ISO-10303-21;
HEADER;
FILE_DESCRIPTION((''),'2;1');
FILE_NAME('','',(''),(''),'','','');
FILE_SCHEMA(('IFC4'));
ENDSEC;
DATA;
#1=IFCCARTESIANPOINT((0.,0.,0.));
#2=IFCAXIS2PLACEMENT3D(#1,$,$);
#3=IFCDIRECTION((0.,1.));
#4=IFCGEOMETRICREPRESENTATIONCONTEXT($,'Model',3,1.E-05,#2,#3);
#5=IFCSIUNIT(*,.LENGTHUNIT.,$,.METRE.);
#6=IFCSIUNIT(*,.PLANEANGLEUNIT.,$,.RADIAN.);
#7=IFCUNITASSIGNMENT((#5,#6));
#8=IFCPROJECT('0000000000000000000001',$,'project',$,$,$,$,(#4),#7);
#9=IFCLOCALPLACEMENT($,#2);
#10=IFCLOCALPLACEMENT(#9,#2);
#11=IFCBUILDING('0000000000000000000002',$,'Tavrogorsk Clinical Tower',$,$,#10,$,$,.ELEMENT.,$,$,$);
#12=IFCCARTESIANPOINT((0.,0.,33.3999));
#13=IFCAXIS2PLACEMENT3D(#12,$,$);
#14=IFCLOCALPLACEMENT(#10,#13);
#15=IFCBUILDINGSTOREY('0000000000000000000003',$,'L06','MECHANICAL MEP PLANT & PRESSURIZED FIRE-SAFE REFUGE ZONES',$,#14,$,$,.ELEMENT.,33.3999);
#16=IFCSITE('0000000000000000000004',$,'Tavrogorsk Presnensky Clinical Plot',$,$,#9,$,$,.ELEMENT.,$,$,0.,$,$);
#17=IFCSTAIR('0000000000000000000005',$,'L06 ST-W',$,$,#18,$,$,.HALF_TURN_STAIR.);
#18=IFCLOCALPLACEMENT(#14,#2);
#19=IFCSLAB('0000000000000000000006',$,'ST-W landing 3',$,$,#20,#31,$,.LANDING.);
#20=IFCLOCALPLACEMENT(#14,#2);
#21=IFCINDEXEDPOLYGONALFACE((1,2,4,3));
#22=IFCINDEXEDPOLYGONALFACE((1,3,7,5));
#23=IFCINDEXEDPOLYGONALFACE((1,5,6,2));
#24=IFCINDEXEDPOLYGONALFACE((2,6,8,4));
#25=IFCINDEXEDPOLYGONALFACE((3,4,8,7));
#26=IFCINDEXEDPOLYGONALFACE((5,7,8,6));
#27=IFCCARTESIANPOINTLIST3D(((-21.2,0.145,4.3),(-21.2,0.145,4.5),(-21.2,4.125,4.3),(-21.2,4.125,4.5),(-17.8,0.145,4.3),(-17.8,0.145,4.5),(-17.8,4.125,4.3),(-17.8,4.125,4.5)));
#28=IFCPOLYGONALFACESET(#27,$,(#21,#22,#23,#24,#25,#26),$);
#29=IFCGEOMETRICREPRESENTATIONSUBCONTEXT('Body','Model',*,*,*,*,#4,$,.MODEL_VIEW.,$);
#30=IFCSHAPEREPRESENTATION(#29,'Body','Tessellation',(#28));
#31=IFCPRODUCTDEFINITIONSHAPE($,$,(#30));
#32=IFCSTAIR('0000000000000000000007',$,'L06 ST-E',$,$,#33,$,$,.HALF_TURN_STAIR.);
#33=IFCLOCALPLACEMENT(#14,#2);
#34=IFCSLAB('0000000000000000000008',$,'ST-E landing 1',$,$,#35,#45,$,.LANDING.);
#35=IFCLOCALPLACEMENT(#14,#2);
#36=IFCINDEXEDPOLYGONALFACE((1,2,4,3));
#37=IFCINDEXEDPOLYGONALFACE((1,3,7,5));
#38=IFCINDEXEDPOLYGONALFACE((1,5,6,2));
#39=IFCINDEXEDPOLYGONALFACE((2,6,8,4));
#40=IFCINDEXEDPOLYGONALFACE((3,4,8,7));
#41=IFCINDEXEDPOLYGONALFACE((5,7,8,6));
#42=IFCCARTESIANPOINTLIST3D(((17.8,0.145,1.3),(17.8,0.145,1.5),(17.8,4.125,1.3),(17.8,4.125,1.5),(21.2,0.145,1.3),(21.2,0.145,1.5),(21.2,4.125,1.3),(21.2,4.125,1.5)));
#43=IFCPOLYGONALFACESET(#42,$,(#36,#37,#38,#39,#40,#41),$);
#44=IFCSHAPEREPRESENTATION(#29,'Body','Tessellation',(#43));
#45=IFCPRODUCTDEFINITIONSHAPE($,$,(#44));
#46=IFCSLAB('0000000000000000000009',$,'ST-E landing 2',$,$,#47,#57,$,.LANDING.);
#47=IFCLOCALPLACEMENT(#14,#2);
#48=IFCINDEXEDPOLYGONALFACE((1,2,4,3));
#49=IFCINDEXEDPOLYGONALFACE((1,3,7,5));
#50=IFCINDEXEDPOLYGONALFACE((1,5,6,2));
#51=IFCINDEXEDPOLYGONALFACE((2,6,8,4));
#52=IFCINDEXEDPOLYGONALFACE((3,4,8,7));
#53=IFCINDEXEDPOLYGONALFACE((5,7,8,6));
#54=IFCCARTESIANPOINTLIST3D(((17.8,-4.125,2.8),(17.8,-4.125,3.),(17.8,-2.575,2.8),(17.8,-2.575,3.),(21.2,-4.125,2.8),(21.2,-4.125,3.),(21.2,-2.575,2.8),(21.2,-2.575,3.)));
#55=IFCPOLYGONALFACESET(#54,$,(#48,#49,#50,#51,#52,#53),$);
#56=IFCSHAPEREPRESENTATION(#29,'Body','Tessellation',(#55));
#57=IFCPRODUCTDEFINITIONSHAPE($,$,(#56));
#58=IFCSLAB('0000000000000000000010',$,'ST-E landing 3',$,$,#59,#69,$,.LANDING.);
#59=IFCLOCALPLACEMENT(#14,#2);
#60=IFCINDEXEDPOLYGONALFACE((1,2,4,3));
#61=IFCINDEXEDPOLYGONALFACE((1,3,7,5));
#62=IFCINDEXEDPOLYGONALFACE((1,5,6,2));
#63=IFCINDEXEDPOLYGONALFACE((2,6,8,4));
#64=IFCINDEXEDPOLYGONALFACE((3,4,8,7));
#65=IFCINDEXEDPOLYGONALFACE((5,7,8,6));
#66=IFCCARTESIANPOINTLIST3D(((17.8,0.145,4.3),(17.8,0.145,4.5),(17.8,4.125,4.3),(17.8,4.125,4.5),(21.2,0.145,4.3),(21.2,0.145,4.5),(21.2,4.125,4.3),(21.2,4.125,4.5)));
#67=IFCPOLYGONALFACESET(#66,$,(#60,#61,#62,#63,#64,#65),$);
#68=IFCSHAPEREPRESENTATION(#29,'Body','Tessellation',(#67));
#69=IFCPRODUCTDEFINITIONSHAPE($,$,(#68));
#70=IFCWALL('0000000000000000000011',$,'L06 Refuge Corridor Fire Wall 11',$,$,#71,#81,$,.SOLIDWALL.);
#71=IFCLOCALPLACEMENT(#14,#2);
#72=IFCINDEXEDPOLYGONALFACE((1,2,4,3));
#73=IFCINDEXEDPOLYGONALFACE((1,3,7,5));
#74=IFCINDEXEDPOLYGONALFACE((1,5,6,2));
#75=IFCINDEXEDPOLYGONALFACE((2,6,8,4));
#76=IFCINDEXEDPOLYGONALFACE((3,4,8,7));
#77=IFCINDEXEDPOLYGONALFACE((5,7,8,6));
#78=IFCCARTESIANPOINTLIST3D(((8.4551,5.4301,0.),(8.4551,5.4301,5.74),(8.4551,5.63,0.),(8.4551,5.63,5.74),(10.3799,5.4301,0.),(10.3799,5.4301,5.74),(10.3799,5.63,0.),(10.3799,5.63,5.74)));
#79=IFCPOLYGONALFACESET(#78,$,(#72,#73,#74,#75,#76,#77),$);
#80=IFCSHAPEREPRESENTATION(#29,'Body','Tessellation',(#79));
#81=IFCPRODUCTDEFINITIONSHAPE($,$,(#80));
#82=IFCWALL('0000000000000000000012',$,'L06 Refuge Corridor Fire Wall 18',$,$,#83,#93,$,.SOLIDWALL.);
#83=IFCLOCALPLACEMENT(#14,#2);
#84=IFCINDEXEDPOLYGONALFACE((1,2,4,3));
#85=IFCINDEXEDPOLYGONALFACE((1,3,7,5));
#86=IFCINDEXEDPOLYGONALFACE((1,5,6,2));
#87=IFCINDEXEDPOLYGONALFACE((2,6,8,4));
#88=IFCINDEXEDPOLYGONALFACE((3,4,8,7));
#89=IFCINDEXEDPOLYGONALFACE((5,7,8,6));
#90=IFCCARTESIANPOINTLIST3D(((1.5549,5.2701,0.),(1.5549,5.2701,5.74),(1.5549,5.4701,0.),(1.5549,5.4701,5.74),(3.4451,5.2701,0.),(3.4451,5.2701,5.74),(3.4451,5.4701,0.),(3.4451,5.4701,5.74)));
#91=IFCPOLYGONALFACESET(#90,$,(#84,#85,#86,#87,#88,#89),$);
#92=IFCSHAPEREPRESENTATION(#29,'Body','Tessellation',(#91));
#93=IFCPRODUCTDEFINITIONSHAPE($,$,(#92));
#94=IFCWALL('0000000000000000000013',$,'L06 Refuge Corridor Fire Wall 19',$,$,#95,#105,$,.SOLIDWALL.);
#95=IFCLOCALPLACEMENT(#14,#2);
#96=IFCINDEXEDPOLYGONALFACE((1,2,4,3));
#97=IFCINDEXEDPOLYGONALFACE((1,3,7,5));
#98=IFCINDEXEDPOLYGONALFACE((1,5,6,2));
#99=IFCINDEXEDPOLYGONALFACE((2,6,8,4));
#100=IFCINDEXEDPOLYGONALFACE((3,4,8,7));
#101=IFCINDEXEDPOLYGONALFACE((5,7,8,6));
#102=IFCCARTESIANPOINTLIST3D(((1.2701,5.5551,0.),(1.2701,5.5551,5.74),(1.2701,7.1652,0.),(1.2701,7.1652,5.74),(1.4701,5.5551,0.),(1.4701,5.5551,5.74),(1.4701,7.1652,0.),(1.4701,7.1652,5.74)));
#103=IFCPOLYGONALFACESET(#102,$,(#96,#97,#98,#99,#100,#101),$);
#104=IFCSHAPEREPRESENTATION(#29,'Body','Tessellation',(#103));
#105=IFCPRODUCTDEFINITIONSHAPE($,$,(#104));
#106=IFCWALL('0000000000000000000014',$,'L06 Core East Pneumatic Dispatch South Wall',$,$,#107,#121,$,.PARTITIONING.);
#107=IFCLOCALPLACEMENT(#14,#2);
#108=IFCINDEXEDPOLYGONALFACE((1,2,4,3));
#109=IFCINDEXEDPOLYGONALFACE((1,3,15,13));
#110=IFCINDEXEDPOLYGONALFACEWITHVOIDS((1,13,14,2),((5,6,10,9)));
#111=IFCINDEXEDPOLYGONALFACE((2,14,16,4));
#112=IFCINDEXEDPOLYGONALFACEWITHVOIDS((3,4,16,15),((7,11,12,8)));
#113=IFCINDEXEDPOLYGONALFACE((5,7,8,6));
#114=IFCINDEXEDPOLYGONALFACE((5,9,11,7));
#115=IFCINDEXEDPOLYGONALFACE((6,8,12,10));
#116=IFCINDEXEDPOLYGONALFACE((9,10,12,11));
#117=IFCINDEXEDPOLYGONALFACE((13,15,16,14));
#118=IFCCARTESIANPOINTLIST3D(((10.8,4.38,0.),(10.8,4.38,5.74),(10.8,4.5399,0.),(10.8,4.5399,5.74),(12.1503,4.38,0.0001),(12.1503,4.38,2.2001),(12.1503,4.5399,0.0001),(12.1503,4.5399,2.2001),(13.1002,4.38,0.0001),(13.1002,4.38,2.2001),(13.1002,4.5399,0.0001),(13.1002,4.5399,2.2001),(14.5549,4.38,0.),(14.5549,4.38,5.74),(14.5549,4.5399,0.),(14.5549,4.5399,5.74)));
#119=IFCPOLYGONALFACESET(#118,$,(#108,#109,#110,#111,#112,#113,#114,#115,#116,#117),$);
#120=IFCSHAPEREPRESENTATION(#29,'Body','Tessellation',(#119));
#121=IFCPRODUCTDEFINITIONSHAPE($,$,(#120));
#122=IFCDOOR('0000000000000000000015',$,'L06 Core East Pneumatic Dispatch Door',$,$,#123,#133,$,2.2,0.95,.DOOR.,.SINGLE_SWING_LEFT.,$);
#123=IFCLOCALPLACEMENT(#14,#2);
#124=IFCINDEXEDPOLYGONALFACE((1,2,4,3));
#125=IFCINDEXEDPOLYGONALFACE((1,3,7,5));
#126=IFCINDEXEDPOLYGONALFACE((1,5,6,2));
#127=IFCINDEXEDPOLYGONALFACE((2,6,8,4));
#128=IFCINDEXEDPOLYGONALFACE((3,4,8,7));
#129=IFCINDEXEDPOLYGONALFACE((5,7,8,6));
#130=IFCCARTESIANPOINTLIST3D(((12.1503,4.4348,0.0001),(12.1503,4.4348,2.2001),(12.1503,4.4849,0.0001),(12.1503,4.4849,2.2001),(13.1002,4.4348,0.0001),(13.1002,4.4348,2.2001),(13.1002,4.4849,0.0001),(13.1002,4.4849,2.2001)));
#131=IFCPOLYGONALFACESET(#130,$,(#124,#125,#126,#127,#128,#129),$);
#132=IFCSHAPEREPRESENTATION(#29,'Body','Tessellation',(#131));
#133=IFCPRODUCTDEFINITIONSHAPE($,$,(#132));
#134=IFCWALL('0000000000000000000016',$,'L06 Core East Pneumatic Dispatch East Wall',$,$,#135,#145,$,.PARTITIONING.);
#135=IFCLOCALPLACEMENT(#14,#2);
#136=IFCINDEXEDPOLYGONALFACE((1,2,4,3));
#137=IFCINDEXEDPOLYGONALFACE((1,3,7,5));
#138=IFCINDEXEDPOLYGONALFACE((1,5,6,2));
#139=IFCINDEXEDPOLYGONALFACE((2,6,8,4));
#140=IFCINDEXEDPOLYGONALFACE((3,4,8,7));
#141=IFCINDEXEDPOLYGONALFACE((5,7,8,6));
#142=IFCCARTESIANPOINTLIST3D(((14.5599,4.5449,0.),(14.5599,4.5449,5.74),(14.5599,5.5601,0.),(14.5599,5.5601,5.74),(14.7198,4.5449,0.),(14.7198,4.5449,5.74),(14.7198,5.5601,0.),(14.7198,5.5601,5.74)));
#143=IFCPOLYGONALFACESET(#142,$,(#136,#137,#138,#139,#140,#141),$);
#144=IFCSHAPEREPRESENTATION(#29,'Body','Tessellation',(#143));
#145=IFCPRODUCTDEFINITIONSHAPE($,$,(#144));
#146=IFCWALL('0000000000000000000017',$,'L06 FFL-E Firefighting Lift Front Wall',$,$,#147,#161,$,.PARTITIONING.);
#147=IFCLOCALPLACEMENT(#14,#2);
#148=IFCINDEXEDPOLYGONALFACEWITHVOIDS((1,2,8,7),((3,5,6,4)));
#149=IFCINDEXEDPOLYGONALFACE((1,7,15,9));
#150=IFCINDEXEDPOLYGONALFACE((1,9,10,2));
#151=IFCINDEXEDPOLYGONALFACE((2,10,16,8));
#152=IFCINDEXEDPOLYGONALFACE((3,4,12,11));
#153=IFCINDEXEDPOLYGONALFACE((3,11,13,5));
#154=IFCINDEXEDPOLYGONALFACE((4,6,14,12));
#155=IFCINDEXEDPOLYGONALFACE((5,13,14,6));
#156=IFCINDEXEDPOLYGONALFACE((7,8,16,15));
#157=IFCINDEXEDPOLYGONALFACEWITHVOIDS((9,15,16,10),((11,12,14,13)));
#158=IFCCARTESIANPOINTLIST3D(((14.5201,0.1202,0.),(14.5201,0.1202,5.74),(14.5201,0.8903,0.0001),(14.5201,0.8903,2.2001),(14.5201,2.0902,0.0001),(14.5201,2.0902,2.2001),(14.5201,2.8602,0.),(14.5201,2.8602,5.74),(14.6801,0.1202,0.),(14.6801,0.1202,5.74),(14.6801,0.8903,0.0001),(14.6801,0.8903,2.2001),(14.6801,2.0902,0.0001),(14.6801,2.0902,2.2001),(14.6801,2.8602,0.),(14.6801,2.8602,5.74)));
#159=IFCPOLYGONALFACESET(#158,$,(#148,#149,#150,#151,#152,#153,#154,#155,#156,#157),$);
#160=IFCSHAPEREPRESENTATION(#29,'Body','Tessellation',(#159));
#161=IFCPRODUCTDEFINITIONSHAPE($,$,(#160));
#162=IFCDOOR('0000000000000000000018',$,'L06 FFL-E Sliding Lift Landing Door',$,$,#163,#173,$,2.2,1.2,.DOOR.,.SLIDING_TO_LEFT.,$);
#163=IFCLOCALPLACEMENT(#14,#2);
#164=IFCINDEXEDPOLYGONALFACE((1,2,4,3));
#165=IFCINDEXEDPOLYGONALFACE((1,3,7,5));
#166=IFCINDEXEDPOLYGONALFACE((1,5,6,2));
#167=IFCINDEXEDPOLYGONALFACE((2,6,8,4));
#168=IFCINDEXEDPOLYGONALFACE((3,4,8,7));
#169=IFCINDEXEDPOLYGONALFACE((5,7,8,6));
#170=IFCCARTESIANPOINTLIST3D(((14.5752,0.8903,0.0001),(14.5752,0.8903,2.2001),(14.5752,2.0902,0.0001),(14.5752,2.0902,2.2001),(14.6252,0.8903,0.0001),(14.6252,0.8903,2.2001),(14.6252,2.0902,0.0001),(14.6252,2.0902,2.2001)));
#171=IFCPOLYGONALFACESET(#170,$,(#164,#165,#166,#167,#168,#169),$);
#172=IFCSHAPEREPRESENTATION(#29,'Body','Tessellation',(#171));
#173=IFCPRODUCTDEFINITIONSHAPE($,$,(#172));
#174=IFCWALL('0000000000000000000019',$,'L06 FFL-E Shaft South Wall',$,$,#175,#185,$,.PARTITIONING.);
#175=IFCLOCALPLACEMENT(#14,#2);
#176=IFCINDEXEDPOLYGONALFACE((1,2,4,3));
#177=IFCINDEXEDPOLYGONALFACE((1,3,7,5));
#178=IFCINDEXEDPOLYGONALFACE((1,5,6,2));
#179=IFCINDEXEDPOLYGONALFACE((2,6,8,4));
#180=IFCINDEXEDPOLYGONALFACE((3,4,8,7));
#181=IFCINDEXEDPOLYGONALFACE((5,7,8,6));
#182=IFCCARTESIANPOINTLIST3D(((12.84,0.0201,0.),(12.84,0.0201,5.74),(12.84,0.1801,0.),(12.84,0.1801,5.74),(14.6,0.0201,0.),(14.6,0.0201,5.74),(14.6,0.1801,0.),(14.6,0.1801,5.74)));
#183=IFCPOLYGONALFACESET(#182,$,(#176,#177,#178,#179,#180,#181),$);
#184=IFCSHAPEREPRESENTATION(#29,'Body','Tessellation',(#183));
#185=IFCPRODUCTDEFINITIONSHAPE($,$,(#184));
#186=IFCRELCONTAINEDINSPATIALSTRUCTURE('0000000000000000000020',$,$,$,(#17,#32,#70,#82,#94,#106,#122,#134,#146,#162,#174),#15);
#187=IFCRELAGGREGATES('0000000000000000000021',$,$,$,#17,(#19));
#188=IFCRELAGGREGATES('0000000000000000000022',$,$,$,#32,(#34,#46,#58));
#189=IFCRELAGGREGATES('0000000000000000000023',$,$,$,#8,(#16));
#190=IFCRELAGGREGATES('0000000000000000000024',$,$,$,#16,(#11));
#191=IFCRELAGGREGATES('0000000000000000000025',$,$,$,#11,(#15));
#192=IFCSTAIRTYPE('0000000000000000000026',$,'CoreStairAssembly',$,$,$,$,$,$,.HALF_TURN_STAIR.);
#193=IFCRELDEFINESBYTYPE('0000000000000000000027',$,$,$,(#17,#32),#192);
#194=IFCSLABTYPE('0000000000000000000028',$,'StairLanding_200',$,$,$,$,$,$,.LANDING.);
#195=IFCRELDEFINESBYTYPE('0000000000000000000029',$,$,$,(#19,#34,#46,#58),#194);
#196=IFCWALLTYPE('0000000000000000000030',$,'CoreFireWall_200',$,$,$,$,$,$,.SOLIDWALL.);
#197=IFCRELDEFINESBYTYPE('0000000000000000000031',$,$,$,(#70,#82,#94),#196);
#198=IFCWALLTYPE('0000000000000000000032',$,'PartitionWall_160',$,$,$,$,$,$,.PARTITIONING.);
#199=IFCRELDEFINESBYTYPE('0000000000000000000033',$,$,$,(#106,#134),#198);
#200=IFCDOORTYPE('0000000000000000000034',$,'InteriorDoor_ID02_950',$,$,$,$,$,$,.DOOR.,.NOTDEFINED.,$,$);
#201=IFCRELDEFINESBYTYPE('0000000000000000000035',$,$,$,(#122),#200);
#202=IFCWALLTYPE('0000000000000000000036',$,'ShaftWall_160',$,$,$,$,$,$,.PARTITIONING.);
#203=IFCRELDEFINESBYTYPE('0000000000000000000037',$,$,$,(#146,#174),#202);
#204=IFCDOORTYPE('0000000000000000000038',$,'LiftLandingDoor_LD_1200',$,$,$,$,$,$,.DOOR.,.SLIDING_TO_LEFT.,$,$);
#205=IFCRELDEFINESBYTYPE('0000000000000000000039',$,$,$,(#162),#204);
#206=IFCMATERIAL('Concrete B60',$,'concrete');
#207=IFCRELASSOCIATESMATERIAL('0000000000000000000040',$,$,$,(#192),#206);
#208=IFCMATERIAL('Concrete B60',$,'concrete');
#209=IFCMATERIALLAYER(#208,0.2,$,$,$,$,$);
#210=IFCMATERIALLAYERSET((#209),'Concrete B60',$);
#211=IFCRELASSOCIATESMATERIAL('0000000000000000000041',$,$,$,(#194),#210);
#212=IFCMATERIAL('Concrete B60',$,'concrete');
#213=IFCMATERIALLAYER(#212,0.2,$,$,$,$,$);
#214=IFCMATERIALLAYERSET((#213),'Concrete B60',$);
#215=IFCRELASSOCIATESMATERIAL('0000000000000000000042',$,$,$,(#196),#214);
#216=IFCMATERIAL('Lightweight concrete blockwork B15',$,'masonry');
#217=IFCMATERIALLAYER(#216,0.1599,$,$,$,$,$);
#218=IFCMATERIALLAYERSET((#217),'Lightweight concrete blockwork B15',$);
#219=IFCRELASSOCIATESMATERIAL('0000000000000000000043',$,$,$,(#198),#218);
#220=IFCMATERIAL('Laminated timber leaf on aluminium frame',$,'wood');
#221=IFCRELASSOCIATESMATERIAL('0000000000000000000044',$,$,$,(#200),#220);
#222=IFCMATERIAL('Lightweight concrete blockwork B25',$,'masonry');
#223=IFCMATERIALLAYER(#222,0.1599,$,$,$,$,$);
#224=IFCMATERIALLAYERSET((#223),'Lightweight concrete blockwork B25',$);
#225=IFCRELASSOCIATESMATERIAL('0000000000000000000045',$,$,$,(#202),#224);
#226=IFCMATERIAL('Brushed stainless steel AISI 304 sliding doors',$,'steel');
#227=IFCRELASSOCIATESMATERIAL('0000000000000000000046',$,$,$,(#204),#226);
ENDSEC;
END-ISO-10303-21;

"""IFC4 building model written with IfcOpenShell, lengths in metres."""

from ifc_helpers import new_model, si_unit, direction, frame, frame_2d, origin, place, context, subcontext, project, spatial, polyline, rectangle, outline, extrude, material, layer, layer_set, type_object, element, fill, aggregate, save


model = new_model("IFC4")

# Units and contexts
model_context = context("Model", 3, precision=1e-05, world=origin(), true_north=direction((0.0, 1.0)))
body_context = subcontext(model_context, "Body", "Model", "MODEL_VIEW")
ifc_project = project(units=[si_unit("LENGTHUNIT", "METRE"), si_unit("PLANEANGLEUNIT", "RADIAN")], contexts=[model_context])

# Site, building, storey
site_placement = place(None, origin())
site = spatial("IfcSite", under=ifc_project, at=site_placement, Name="Tavrogorsk Presnensky Clinical Plot", CompositionType="ELEMENT", RefElevation=0.0)
building_placement = place(site_placement, origin())
building = spatial("IfcBuilding", under=site, at=building_placement, Name="Tavrogorsk Clinical Tower", CompositionType="ELEMENT")
storey_placement = place(building_placement, frame((0.0, 0.0, 33.3999)))
storey = spatial("IfcBuildingStorey", under=building, at=storey_placement, Name="L06", Description="MECHANICAL MEP PLANT & PRESSURIZED FIRE-SAFE REFUGE ZONES", CompositionType="ELEMENT", Elevation=33.3999)

# Stairs, slabs
ifc_material_1 = material(Name="Concrete B60", Category="concrete")
stair_type = type_object("IfcStairType", Name="CoreStairAssembly", PredefinedType="HALF_TURN_STAIR", material=ifc_material_1)
stair_1_placement = place(storey_placement, origin())
stair_1 = element("IfcStair", 1, at=stair_1_placement, inside=storey, type_object=stair_type, Name="L06 ST-W", PredefinedType="HALF_TURN_STAIR")
ifc_material_2 = material(Name="Concrete B60", Category="concrete")
ifc_layer_1 = layer(ifc_material_2, 0.2)
ifc_layer_set_1 = layer_set([ifc_layer_1], Name="Concrete B60")
slab_type_1 = type_object("IfcSlabType", Name="StairLanding_200", PredefinedType="LANDING", material=ifc_layer_set_1)
slab_1_placement = place(storey_placement, frame((0.0, 0.0, 4.3)))
slab_1 = element("IfcSlab", 2, at=slab_1_placement, type_object=slab_type_1, Name="ST-W landing 3", PredefinedType="LANDING", context=body_context, shape_type="SweptSolid", body=[
    extrude(outline(polyline([(-17.8, 0.145), (-17.8, 4.125), (-21.2, 4.125), (-21.2, 0.145), (-17.8, 0.145)])), origin(), (0.0, 0.0, 1.0), 0.2),
])
aggregate(stair_1, [slab_1])
stair_2_placement = place(storey_placement, origin())
stair_2 = element("IfcStair", 3, at=stair_2_placement, inside=storey, type_object=stair_type, Name="L06 ST-E", PredefinedType="HALF_TURN_STAIR")
slab_2_placement = place(storey_placement, frame((0.0, 0.0, 1.3)))
slab_2 = element("IfcSlab", 4, at=slab_2_placement, type_object=slab_type_1, Name="ST-E landing 1", PredefinedType="LANDING", context=body_context, shape_type="SweptSolid", body=[
    extrude(outline(polyline([(21.2, 0.145), (21.2, 4.125), (17.8, 4.125), (17.8, 0.145), (21.2, 0.145)])), origin(), (0.0, 0.0, 1.0), 0.2),
])
slab_3_placement = place(storey_placement, frame((0.0, 0.0, 2.8)))
slab_3 = element("IfcSlab", 5, at=slab_3_placement, type_object=slab_type_1, Name="ST-E landing 2", PredefinedType="LANDING", context=body_context, shape_type="SweptSolid", body=[
    extrude(outline(polyline([(21.2, -4.125), (21.2, -2.575), (17.8, -2.575), (17.8, -4.125), (21.2, -4.125)])), origin(), (0.0, 0.0, 1.0), 0.2),
])
slab_4_placement = place(storey_placement, frame((0.0, 0.0, 4.3)))
slab_4 = element("IfcSlab", 6, at=slab_4_placement, type_object=slab_type_1, Name="ST-E landing 3", PredefinedType="LANDING", context=body_context, shape_type="SweptSolid", body=[
    extrude(outline(polyline([(21.2, 0.145), (21.2, 4.125), (17.8, 4.125), (17.8, 0.145), (21.2, 0.145)])), origin(), (0.0, 0.0, 1.0), 0.2),
])
aggregate(stair_2, [slab_2, slab_3, slab_4])

# Walls
ifc_material_3 = material(Name="Concrete B60", Category="concrete")
ifc_layer_2 = layer(ifc_material_3, 0.2)
ifc_layer_set_2 = layer_set([ifc_layer_2], Name="Concrete B60")
wall_type_1 = type_object("IfcWallType", Name="CoreFireWall_200", PredefinedType="SOLIDWALL", material=ifc_layer_set_2)
wall_1_placement = place(storey_placement, frame((8.4551, 5.53, 0.0), z_axis=(0.0, 0.0, 1.0), x_axis=(1.0, 0.0, 0.0)))
element("IfcWall", 7, at=wall_1_placement, inside=storey, type_object=wall_type_1, Name="L06 Refuge Corridor Fire Wall 11", PredefinedType="SOLIDWALL", context=body_context, shape_type="SweptSolid", body=[
    extrude(rectangle(XDim=1.9248, YDim=0.2, at=frame_2d((0.9624, 0.0))), origin(), (0.0, 0.0, 1.0), 5.74),
])
wall_2_placement = place(storey_placement, frame((3.4451, 5.3701, 0.0), z_axis=(0.0, 0.0, 1.0), x_axis=(-1.0, 0.0, 0.0)))
element("IfcWall", 8, at=wall_2_placement, inside=storey, type_object=wall_type_1, Name="L06 Refuge Corridor Fire Wall 18", PredefinedType="SOLIDWALL", context=body_context, shape_type="SweptSolid", body=[
    extrude(rectangle(XDim=1.8901, YDim=0.2, at=frame_2d((0.9451, 0.0))), origin(), (0.0, 0.0, 1.0), 5.74),
])
wall_3_placement = place(storey_placement, frame((1.3701, 5.5549, 0.0), z_axis=(0.0, 0.0, 1.0), x_axis=(0.0, 1.0, 0.0)))
element("IfcWall", 9, at=wall_3_placement, inside=storey, type_object=wall_type_1, Name="L06 Refuge Corridor Fire Wall 19", PredefinedType="SOLIDWALL", context=body_context, shape_type="SweptSolid", body=[
    extrude(rectangle(XDim=1.6101, YDim=0.2, at=frame_2d((0.8052, 0.0))), origin(), (0.0, 0.0, 1.0), 5.74),
])

# Wall, opening, door
ifc_material_4 = material(Name="Lightweight concrete blockwork B15", Category="masonry")
ifc_layer_3 = layer(ifc_material_4, 0.1599)
ifc_layer_set_3 = layer_set([ifc_layer_3], Name="Lightweight concrete blockwork B15")
wall_type_2 = type_object("IfcWallType", Name="PartitionWall_160", PredefinedType="PARTITIONING", material=ifc_layer_set_3)
wall_4_placement = place(storey_placement, frame((10.8, 4.46, 0.0), z_axis=(0.0, 0.0, 1.0), x_axis=(1.0, 0.0, 0.0)))
wall_4 = element("IfcWall", 10, at=wall_4_placement, inside=storey, type_object=wall_type_2, Name="L06 Core East Pneumatic Dispatch South Wall", PredefinedType="PARTITIONING", context=body_context, shape_type="SweptSolid", body=[
    extrude(rectangle(XDim=3.7549, YDim=0.1599, at=frame_2d((1.8774, 0.0))), origin(), (0.0, 0.0, 1.0), 5.74),
])
opening_1_placement = place(wall_4_placement, frame((1.3501, 0.0, 0.0)))
opening_1 = element("IfcOpeningElement", 11, at=opening_1_placement, cuts=wall_4, PredefinedType="OPENING", context=body_context, shape_type="SweptSolid", body=[
    extrude(rectangle(XDim=0.95, YDim=2.2, at=frame_2d((0.4751, 1.1001))), frame((0.0, 0.0898, 0.0), z_axis=(0.0, -1.0, 0.0), x_axis=(1.0, 0.0, 0.0)), (0.0, 0.0, 1.0), 0.1799),
])
ifc_material_5 = material(Name="Laminated timber leaf on aluminium frame", Category="wood")
door_type_1 = type_object("IfcDoorType", Name="InteriorDoor_ID02_950", OperationType="NOTDEFINED", PredefinedType="DOOR", material=ifc_material_5)
door_1_placement = place(opening_1_placement, origin())
door_1 = element("IfcDoor", 12, at=door_1_placement, inside=storey, type_object=door_type_1, Name="L06 Core East Pneumatic Dispatch Door", OperationType="SINGLE_SWING_LEFT", OverallHeight=2.2, OverallWidth=0.95, PredefinedType="DOOR", context=body_context, shape_type="SweptSolid", body=[
    extrude(rectangle(XDim=0.95, YDim=2.2, at=frame_2d((0.4751, 1.1001))), frame((0.0, 0.0249, 0.0), z_axis=(0.0, -1.0, 0.0), x_axis=(1.0, 0.0, 0.0)), (0.0, 0.0, 1.0), 0.05),
])
fill(opening_1, door_1)

# Wall
wall_5_placement = place(storey_placement, frame((14.6399, 4.5449, 0.0), z_axis=(0.0, 0.0, 1.0), x_axis=(0.0, 1.0, 0.0)))
element("IfcWall", 13, at=wall_5_placement, inside=storey, type_object=wall_type_2, Name="L06 Core East Pneumatic Dispatch East Wall", PredefinedType="PARTITIONING", context=body_context, shape_type="SweptSolid", body=[
    extrude(rectangle(XDim=1.0151, YDim=0.1599, at=frame_2d((0.5076, 0.0))), origin(), (0.0, 0.0, 1.0), 5.74),
])

# Wall, opening, door
ifc_material_6 = material(Name="Lightweight concrete blockwork B25", Category="masonry")
ifc_layer_4 = layer(ifc_material_6, 0.1599)
ifc_layer_set_4 = layer_set([ifc_layer_4], Name="Lightweight concrete blockwork B25")
wall_type_3 = type_object("IfcWallType", Name="ShaftWall_160", PredefinedType="PARTITIONING", material=ifc_layer_set_4)
wall_6_placement = place(storey_placement, frame((14.6001, 0.1201, 0.0), z_axis=(0.0, 0.0, 1.0), x_axis=(0.0, 1.0, 0.0)))
wall_6 = element("IfcWall", 14, at=wall_6_placement, inside=storey, type_object=wall_type_3, Name="L06 FFL-E Firefighting Lift Front Wall", PredefinedType="PARTITIONING", context=body_context, shape_type="SweptSolid", body=[
    extrude(rectangle(XDim=2.74, YDim=0.1599, at=frame_2d((1.3701, 0.0))), origin(), (0.0, 0.0, 1.0), 5.74),
])
opening_2_placement = place(wall_6_placement, frame((0.77, 0.0, 0.0)))
opening_2 = element("IfcOpeningElement", 15, at=opening_2_placement, cuts=wall_6, PredefinedType="OPENING", context=body_context, shape_type="SweptSolid", body=[
    extrude(rectangle(XDim=1.2, YDim=2.2, at=frame_2d((0.6001, 1.1001))), frame((0.0, 0.0898, 0.0), z_axis=(0.0, -1.0, 0.0), x_axis=(1.0, 0.0, 0.0)), (0.0, 0.0, 1.0), 0.1799),
])
ifc_material_7 = material(Name="Brushed stainless steel AISI 304 sliding doors", Category="steel")
door_type_2 = type_object("IfcDoorType", Name="LiftLandingDoor_LD_1200", OperationType="SLIDING_TO_LEFT", PredefinedType="DOOR", material=ifc_material_7)
door_2_placement = place(opening_2_placement, origin())
door_2 = element("IfcDoor", 16, at=door_2_placement, inside=storey, type_object=door_type_2, Name="L06 FFL-E Sliding Lift Landing Door", OperationType="SLIDING_TO_LEFT", OverallHeight=2.2, OverallWidth=1.2, PredefinedType="DOOR", context=body_context, shape_type="SweptSolid", body=[
    extrude(rectangle(XDim=1.2, YDim=2.2, at=frame_2d((0.6001, 1.1001))), frame((0.0, 0.0249, 0.0), z_axis=(0.0, -1.0, 0.0), x_axis=(1.0, 0.0, 0.0)), (0.0, 0.0, 1.0), 0.05),
])
fill(opening_2, door_2)

# Wall
for number, where, z_axis, x_axis, name in (
    (17, (12.8401, 0.1001, 0.0), (0.0, 0.0, 1.0), (1.0, 0.0, 0.0), "L06 FFL-E Shaft South Wall"),
):
    element("IfcWall", number, at=place(storey_placement, frame(where, z_axis=z_axis, x_axis=x_axis)), inside=storey, type_object=wall_type_3, Name=name, PredefinedType="PARTITIONING", context=body_context, shape_type="SweptSolid", body=[
        extrude(rectangle(XDim=1.76, YDim=0.1599, at=frame_2d((0.8799, 0.0))), origin(), (0.0, 0.0, 1.0), 5.74),
    ])

save(model, "model.ifc")
